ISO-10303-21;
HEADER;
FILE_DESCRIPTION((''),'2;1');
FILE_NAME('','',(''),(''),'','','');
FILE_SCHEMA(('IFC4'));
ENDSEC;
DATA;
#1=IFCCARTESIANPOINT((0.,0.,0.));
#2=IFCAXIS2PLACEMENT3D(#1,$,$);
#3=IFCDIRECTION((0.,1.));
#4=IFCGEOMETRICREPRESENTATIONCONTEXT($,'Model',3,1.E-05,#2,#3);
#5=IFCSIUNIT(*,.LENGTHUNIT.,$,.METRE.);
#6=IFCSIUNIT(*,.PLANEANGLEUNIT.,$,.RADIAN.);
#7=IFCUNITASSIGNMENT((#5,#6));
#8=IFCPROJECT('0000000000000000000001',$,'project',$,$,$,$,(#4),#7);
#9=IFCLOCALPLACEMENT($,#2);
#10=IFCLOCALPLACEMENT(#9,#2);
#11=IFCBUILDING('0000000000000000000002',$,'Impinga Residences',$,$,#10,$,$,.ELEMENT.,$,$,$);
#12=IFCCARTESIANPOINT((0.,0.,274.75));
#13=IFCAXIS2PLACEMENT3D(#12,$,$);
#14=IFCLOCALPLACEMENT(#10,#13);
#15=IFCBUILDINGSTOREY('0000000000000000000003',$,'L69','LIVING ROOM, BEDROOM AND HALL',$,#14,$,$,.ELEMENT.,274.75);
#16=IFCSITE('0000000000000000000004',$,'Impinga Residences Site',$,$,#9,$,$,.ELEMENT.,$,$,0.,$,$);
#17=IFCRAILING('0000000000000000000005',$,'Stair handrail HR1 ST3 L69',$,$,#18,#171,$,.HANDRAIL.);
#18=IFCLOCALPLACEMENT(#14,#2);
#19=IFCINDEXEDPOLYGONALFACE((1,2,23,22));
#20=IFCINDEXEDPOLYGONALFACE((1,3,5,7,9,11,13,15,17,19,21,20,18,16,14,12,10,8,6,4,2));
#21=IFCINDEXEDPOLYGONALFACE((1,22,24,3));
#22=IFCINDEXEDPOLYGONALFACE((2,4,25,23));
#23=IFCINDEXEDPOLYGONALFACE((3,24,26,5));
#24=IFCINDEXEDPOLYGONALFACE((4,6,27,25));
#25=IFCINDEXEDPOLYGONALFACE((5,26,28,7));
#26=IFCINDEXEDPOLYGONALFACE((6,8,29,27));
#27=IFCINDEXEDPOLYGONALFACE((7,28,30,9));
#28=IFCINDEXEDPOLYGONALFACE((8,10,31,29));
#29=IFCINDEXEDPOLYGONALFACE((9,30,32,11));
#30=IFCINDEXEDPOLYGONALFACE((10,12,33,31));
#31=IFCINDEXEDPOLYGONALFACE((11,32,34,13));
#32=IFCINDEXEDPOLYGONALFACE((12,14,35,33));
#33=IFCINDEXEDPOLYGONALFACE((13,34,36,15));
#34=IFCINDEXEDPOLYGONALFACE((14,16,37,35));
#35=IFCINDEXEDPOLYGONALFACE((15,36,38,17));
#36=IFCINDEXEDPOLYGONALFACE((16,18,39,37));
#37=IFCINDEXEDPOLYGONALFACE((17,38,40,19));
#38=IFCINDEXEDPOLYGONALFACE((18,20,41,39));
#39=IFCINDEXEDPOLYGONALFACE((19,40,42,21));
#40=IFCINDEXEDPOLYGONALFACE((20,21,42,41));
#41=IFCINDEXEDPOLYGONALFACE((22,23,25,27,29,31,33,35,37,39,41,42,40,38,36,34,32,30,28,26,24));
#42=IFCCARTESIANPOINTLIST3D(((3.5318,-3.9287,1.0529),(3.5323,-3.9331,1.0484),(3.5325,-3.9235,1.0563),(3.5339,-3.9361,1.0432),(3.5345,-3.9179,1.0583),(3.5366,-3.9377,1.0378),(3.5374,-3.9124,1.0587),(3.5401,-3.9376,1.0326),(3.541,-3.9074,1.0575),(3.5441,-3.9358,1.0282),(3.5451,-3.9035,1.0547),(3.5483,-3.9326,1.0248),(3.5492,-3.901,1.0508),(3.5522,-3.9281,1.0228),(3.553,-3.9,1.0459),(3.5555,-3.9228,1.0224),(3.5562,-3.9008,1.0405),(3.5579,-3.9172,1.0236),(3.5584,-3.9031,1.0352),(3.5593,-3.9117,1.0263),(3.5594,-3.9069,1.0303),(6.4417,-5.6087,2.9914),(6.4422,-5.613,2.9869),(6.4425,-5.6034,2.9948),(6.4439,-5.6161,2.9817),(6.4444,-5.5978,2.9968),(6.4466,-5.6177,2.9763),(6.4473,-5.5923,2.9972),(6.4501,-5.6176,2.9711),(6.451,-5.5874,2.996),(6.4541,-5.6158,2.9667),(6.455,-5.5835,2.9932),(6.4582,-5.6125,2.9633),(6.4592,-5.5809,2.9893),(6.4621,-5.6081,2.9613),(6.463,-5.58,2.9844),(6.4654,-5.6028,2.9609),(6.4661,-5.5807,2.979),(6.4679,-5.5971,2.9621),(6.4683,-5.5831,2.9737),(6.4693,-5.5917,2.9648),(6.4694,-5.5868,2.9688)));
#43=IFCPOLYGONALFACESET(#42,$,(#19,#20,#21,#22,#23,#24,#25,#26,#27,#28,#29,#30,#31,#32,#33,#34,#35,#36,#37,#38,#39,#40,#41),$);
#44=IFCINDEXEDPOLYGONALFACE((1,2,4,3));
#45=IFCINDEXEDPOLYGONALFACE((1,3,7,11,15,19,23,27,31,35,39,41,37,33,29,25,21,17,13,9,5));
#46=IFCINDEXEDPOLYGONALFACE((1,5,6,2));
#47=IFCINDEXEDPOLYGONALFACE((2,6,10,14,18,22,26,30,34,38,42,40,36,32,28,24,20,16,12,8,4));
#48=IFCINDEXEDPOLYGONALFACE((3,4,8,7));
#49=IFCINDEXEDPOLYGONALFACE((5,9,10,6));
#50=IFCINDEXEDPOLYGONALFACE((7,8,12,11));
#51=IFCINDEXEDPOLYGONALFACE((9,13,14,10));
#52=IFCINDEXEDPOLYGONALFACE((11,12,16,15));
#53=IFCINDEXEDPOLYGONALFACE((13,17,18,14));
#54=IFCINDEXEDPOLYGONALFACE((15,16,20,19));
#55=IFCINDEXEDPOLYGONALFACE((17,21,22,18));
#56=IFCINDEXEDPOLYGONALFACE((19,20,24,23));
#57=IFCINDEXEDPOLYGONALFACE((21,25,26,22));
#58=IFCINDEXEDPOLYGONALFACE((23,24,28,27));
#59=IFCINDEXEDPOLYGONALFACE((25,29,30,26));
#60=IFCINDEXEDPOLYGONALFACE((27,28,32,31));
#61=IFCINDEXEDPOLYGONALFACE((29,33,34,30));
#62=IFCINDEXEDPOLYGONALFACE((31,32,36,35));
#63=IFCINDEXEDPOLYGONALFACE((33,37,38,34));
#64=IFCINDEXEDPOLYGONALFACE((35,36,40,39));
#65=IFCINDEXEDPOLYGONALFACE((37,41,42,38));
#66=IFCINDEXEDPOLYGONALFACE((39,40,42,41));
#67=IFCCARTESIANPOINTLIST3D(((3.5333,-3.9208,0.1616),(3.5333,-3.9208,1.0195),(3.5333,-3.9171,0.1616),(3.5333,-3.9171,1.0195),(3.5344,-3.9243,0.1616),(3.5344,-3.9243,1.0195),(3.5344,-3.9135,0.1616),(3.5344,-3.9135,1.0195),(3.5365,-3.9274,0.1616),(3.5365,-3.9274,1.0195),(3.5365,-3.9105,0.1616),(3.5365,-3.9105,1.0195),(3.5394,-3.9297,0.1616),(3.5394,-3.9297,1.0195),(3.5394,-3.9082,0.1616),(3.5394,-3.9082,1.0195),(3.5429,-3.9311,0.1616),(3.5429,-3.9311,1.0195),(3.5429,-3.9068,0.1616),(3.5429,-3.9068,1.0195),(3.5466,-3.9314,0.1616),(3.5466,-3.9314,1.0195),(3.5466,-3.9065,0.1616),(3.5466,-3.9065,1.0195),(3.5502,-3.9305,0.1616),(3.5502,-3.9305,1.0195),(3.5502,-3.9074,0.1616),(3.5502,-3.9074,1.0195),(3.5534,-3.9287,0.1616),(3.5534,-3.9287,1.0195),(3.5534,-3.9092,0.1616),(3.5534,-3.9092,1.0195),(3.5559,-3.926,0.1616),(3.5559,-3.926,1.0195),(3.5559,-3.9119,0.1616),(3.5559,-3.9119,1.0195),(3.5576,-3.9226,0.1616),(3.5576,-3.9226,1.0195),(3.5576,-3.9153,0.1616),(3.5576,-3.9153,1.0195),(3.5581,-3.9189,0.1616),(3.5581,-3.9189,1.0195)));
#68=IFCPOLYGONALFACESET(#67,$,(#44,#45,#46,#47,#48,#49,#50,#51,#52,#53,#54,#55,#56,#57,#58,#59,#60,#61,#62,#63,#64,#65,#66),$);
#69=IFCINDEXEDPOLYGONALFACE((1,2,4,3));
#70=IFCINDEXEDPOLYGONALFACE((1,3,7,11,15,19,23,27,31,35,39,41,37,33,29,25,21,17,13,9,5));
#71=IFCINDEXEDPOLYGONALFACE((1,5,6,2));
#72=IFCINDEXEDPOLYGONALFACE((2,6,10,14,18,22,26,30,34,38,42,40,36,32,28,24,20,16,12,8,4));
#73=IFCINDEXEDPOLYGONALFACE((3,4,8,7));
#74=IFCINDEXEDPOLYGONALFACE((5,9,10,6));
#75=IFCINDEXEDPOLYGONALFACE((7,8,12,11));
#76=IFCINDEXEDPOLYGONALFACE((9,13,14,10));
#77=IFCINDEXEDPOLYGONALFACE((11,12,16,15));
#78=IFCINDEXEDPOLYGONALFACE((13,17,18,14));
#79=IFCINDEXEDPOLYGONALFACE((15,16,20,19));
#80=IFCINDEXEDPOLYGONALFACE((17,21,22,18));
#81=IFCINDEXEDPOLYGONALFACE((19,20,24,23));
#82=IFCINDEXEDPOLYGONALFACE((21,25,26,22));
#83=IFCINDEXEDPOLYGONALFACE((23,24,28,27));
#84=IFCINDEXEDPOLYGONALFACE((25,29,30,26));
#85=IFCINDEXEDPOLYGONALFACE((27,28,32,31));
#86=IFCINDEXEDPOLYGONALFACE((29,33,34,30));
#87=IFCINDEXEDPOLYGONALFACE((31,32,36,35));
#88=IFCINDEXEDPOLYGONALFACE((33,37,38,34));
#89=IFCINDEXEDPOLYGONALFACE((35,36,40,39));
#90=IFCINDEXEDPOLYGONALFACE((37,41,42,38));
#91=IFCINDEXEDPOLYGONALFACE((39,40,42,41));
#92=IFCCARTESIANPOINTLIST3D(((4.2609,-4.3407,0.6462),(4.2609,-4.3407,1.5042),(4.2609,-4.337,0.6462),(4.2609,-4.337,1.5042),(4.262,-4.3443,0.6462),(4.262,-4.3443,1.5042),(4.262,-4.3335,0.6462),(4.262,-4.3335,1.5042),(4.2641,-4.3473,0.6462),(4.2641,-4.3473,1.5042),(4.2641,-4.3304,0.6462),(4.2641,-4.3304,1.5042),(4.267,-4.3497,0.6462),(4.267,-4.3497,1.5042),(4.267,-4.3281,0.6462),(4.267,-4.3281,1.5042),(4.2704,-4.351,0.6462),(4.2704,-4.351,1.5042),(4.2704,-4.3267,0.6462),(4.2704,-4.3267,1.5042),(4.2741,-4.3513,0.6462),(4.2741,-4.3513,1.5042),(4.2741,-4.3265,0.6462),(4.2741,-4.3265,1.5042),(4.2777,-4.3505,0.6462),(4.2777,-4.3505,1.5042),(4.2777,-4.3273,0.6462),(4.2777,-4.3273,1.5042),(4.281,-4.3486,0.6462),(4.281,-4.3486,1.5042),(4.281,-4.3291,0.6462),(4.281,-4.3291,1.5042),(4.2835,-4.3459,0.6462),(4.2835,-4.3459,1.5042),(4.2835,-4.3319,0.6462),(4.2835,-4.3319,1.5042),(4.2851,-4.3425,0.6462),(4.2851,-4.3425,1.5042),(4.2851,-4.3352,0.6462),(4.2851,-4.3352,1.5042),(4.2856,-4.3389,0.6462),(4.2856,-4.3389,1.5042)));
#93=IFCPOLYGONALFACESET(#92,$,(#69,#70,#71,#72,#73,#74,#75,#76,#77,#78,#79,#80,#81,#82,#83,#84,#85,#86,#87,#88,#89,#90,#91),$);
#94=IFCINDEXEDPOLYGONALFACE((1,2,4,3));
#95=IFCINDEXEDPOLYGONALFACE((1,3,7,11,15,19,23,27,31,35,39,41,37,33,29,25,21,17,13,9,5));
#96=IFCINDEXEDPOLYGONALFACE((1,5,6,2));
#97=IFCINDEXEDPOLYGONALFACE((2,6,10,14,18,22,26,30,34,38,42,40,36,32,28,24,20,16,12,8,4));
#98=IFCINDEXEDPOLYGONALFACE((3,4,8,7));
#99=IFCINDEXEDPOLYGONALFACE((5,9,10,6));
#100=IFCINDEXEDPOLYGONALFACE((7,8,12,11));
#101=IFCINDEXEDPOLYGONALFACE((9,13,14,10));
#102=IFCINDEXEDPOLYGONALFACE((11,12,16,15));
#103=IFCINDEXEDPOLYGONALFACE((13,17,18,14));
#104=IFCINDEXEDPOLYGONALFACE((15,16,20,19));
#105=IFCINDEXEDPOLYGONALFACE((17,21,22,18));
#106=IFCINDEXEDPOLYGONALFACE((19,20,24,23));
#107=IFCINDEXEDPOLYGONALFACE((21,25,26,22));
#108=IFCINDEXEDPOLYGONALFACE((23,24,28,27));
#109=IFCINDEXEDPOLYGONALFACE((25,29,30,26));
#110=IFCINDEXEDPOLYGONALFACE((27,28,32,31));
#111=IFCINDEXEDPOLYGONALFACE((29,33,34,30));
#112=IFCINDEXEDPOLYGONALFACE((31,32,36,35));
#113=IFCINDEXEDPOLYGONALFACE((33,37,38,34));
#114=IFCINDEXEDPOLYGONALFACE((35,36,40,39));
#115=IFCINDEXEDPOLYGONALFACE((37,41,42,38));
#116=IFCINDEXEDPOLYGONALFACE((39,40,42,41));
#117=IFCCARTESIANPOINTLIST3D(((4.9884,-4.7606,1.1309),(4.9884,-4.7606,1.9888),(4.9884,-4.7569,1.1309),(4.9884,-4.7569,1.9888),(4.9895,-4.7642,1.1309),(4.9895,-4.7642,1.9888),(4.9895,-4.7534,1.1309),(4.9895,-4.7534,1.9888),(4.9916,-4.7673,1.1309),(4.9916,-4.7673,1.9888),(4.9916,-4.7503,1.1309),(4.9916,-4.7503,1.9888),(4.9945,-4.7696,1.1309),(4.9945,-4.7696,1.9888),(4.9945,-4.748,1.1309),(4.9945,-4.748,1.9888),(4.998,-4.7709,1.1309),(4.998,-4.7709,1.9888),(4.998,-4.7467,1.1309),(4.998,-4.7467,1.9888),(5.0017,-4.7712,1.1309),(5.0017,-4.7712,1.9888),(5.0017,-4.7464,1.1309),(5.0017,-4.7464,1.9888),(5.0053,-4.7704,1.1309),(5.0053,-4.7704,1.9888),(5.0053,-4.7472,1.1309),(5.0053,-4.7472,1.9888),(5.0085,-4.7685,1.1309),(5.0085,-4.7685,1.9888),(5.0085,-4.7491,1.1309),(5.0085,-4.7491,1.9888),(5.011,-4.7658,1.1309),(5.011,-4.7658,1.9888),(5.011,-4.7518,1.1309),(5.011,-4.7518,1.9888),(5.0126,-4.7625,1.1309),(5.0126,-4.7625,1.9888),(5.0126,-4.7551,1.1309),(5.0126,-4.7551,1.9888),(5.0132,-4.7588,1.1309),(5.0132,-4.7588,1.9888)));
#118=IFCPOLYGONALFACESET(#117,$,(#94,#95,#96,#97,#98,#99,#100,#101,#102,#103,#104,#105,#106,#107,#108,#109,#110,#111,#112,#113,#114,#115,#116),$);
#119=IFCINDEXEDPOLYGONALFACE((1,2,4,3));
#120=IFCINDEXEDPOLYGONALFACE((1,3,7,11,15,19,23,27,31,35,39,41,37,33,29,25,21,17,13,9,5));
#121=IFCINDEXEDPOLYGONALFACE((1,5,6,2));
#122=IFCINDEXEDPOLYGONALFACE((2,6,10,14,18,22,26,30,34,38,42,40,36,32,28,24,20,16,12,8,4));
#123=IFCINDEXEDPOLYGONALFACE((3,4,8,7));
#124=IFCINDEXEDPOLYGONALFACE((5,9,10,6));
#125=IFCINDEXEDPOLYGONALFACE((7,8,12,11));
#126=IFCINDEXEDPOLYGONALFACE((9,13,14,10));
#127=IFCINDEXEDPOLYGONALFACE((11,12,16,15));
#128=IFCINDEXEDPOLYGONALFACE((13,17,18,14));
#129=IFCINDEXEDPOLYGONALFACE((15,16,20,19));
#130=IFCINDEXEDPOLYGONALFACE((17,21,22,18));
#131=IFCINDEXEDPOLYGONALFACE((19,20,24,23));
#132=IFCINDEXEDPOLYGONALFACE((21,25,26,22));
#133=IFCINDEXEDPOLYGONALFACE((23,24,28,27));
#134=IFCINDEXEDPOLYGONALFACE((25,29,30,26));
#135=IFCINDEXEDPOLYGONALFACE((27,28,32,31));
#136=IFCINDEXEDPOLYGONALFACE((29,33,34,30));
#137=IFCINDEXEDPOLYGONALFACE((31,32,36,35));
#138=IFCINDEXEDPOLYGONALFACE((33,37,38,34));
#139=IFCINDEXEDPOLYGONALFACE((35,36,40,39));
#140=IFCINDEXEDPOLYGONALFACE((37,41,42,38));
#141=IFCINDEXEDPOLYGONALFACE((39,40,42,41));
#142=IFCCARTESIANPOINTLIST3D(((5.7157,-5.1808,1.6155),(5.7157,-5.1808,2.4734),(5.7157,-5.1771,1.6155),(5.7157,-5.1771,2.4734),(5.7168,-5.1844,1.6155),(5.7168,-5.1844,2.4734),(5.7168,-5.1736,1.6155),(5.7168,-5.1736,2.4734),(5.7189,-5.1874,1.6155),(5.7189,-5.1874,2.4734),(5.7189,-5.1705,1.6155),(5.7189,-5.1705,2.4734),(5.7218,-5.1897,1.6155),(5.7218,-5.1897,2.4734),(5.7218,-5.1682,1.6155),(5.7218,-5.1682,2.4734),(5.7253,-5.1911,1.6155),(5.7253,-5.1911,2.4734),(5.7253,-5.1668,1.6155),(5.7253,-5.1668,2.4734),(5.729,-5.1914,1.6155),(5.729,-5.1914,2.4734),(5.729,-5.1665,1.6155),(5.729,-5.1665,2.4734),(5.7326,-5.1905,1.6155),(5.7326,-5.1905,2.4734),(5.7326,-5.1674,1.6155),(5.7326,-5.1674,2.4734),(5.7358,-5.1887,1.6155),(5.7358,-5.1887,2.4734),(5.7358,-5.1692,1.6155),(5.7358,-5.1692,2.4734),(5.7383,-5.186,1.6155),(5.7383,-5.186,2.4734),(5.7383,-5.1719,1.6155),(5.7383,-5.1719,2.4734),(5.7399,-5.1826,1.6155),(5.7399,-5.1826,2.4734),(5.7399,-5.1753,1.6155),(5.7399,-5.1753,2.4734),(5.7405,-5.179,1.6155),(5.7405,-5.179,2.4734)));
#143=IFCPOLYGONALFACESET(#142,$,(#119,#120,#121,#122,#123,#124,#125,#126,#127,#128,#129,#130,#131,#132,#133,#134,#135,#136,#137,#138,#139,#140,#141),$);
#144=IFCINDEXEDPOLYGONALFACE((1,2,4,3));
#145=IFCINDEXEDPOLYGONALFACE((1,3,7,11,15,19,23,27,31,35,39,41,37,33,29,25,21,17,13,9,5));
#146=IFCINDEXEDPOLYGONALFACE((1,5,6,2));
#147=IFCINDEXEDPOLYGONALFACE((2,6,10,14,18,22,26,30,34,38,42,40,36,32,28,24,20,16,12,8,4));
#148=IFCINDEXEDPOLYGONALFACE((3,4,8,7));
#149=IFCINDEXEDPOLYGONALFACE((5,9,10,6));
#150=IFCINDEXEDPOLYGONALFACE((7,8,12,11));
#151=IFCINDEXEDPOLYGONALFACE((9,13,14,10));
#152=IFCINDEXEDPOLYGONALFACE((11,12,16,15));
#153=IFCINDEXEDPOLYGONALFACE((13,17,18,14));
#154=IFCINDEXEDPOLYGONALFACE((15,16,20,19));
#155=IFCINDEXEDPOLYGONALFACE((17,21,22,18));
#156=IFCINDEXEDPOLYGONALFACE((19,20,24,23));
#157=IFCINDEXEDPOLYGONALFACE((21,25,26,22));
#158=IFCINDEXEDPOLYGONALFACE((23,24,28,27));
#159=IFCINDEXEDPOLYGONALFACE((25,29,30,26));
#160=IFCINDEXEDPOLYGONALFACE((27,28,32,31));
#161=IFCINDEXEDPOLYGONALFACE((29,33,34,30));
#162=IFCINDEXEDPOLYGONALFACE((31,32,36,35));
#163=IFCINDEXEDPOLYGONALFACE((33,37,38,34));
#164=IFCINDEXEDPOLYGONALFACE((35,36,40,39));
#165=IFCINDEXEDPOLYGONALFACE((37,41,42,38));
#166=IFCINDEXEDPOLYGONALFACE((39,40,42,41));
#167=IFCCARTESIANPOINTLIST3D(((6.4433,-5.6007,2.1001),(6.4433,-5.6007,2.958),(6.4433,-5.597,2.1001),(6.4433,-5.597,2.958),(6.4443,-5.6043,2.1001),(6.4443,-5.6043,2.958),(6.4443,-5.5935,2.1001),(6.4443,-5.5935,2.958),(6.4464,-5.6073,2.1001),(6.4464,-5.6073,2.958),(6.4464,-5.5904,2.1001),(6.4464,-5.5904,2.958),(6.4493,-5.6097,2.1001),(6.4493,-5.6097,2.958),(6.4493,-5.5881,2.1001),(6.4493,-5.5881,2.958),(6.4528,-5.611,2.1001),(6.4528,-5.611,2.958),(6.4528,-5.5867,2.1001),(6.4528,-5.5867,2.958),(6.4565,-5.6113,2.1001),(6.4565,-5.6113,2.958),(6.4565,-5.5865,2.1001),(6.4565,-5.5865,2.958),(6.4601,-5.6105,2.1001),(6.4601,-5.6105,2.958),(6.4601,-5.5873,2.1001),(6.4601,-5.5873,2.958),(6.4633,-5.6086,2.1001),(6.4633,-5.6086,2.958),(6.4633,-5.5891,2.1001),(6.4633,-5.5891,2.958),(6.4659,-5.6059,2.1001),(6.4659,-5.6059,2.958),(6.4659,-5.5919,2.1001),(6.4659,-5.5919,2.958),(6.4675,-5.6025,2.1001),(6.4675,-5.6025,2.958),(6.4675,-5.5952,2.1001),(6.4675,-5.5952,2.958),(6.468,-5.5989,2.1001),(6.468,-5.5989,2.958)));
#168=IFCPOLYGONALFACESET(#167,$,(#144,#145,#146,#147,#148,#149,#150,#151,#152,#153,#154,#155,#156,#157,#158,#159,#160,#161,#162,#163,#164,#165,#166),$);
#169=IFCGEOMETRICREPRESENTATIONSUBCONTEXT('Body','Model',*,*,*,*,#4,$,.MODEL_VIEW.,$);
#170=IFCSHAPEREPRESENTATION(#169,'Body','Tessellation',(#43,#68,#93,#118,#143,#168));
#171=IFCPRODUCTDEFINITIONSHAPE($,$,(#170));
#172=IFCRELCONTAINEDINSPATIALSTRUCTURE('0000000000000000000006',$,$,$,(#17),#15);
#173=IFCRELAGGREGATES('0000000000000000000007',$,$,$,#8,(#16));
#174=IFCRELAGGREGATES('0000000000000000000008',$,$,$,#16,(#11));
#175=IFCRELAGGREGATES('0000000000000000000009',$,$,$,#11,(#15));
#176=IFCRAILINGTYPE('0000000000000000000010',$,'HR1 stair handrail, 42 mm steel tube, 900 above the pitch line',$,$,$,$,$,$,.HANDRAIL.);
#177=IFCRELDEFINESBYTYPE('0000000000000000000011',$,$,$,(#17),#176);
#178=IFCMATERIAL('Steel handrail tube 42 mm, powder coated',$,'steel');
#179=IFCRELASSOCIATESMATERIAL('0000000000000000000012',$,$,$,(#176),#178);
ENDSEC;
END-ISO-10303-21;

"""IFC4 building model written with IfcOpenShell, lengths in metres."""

from ifc_helpers import new_model, si_unit, direction, frame, origin, origin_2d, place, context, subcontext, project, spatial, circle, extrude, material, type_object, element, save


model = new_model("IFC4")

# Units and contexts
model_context = context("Model", 3, precision=1e-05, world=origin(), true_north=direction((0.0, 1.0)))
body_context = subcontext(model_context, "Body", "Model", "MODEL_VIEW")
ifc_project = project(units=[si_unit("LENGTHUNIT", "METRE"), si_unit("PLANEANGLEUNIT", "RADIAN")], contexts=[model_context])

# Site, building, storey
site_placement = place(None, origin())
site = spatial("IfcSite", under=ifc_project, at=site_placement, Name="Impinga Residences Site", CompositionType="ELEMENT", RefElevation=0.0)
building_placement = place(site_placement, origin())
building = spatial("IfcBuilding", under=site, at=building_placement, Name="Impinga Residences", CompositionType="ELEMENT")
storey_placement = place(building_placement, frame((0.0, 0.0, 274.75)))
storey = spatial("IfcBuildingStorey", under=building, at=storey_placement, Name="L69", Description="LIVING ROOM, BEDROOM AND HALL", CompositionType="ELEMENT", Elevation=274.75)

# Railing
ifc_material_1 = material(Name="Steel handrail tube 42 mm, powder coated", Category="steel")
railing_type_1 = type_object("IfcRailingType", Name="HR1 stair handrail, 42 mm steel tube, 900 above the pitch line", PredefinedType="HANDRAIL", material=ifc_material_1)
railing_1_placement = place(storey_placement, frame((3.5457, -3.9189, 0.1616)))
element("IfcRailing", 1, at=railing_1_placement, inside=storey, type_object=railing_type_1, Name="Stair handrail HR1 ST3 L69", PredefinedType="HANDRAIL", context=body_context, shape_type="SweptSolid", body=[
    extrude(circle(Radius=0.021, at=origin_2d()), frame((0.0, 0.0, 0.8789), z_axis=(0.750151, -0.433072, 0.499723), x_axis=(0.499976, 0.866039, 0.0)), (0.0, 0.0, 1.0), 3.8792),
    extrude(circle(Radius=0.0125, at=origin_2d()), origin(), (0.0, 0.0, 1.0), 0.8579),
    extrude(circle(Radius=0.0125, at=origin_2d()), frame((0.7275, -0.4199, 0.4846)), (0.0, 0.0, 1.0), 0.8579),
    extrude(circle(Radius=0.0125, at=origin_2d()), frame((1.4551, -0.8398, 0.9692)), (0.0, 0.0, 1.0), 0.8579),
    extrude(circle(Radius=0.0125, at=origin_2d()), frame((2.1824, -1.26, 1.4539)), (0.0, 0.0, 1.0), 0.8579),
    extrude(circle(Radius=0.0125, at=origin_2d()), frame((2.9099, -1.6799, 1.9385)), (0.0, 0.0, 1.0), 0.8579),
])

save(model, "model.ifc")
